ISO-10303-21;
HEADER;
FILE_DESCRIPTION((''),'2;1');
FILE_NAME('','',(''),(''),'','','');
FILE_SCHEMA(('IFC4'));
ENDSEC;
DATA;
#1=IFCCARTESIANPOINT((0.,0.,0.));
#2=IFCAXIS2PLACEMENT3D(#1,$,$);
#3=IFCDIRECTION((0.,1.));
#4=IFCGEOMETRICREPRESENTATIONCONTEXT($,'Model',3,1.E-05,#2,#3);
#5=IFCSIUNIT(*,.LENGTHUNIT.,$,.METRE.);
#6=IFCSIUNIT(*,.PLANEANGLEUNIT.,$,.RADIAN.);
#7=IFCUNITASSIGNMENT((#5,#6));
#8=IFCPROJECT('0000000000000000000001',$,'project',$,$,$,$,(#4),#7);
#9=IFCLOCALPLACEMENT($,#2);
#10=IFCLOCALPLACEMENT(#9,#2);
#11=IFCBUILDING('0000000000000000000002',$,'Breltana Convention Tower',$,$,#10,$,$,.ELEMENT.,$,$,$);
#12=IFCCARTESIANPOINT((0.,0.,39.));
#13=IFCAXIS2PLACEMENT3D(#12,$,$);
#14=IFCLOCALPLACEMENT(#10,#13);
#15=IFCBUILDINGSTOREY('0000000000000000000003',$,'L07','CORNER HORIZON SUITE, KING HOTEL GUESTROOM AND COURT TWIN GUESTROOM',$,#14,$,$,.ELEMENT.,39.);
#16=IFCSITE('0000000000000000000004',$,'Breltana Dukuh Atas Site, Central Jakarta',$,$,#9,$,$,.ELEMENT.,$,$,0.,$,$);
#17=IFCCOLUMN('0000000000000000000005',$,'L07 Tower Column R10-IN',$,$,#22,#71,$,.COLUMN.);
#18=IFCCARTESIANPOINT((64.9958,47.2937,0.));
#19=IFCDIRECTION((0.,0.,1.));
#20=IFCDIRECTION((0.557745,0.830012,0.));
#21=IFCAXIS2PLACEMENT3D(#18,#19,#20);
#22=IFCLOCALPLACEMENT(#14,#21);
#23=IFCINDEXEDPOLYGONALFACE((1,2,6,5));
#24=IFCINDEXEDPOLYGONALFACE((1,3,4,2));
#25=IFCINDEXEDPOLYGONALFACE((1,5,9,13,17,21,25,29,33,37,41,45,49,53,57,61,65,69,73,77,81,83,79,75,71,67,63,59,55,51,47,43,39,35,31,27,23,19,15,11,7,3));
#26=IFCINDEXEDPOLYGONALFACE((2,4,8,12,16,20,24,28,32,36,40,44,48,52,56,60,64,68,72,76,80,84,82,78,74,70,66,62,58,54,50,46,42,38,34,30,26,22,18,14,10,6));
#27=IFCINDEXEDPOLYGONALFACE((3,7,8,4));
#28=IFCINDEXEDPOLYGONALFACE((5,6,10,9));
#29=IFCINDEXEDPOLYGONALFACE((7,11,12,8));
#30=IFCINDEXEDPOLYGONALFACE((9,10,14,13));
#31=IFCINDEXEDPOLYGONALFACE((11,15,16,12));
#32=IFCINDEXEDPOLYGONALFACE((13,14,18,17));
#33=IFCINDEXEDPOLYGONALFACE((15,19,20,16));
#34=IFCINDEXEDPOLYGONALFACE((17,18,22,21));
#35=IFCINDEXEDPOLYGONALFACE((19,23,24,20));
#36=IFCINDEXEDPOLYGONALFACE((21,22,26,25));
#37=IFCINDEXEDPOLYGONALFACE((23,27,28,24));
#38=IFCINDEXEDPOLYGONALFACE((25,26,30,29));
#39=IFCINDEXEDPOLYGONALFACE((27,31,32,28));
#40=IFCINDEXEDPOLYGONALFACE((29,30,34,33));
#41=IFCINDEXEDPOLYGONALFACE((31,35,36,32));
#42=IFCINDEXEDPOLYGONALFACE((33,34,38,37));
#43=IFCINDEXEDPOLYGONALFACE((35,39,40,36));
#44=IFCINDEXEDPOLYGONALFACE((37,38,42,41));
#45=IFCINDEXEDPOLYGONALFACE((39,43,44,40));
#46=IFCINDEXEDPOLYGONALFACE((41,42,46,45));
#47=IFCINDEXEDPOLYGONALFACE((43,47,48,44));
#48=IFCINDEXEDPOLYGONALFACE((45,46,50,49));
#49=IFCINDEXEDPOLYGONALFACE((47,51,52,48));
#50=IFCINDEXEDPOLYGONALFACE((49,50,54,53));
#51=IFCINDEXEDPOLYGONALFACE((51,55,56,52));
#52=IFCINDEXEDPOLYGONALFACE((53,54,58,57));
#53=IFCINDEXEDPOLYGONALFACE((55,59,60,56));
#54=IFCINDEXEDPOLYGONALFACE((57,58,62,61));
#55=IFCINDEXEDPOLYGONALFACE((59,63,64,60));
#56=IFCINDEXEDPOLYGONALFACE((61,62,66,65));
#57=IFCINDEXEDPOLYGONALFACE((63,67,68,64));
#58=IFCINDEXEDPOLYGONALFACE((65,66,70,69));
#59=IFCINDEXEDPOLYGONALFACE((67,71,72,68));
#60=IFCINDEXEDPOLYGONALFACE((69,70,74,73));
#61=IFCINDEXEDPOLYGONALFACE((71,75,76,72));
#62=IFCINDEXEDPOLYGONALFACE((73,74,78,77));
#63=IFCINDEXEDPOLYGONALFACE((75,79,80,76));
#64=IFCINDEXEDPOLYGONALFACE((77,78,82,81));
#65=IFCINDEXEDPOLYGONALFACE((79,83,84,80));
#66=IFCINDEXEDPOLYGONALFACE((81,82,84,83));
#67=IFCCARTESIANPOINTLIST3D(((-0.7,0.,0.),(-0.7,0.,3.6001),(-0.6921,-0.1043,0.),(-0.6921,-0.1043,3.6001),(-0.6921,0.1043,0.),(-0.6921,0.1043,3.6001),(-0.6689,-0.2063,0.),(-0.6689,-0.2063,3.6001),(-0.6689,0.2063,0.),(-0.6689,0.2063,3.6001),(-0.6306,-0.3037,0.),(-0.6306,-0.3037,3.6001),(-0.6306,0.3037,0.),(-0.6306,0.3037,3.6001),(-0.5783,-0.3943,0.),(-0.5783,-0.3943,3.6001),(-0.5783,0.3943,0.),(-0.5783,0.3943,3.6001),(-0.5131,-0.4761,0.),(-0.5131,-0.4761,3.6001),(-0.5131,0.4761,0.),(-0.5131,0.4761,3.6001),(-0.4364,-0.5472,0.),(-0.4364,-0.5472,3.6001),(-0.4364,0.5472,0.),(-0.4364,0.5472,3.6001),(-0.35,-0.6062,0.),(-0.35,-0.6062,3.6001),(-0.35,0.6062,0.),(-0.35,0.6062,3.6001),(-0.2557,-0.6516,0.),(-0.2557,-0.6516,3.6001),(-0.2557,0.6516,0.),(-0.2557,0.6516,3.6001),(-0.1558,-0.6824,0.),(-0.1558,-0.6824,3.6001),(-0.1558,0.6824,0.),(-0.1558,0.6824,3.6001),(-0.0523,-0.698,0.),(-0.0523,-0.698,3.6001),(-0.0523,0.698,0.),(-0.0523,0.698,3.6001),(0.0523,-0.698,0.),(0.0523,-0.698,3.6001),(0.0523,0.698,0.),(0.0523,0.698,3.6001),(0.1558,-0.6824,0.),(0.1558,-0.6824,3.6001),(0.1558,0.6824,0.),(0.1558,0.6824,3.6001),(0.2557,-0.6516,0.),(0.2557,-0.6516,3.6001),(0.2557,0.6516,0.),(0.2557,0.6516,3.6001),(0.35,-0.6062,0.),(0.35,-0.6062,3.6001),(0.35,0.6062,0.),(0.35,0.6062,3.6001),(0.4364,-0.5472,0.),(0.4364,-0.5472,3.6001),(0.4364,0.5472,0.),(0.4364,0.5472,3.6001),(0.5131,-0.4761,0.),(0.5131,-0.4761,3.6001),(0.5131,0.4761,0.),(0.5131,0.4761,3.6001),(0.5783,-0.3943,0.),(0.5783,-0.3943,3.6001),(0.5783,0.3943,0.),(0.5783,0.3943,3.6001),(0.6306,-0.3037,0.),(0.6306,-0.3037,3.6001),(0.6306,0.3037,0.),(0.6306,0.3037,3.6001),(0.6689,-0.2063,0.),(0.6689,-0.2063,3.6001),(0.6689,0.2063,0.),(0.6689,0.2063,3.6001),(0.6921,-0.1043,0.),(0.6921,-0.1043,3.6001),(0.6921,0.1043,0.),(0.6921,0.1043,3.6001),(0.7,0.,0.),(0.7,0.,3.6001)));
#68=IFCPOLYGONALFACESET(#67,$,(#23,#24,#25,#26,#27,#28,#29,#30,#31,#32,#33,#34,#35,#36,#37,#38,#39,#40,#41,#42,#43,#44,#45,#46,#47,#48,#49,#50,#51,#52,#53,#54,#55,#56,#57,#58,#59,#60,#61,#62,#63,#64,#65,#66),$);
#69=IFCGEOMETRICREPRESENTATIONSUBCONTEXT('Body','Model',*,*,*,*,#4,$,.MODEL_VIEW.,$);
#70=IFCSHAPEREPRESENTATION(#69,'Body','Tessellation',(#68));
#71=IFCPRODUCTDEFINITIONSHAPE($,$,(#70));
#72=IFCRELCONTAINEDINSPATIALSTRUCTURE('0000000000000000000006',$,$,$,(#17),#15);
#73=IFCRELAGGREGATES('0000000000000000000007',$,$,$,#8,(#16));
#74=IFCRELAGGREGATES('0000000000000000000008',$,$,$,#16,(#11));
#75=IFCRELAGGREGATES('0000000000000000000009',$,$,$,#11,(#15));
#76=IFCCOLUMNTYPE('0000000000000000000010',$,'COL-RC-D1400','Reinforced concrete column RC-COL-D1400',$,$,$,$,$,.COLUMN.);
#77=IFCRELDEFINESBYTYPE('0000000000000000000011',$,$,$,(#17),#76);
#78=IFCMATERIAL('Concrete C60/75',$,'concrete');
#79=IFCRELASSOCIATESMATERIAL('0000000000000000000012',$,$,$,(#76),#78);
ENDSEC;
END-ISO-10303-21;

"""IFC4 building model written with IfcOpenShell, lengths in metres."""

from ifc_helpers import new_model, si_unit, direction, frame, origin, origin_2d, place, context, subcontext, project, spatial, circle, extrude, source, transform, mapped, material, material_profile, profile_set, type_object, element, save


model = new_model("IFC4")

# Units and contexts
model_context = context("Model", 3, precision=1e-05, world=origin(), true_north=direction((0.0, 1.0)))
body_context = subcontext(model_context, "Body", "Model", "MODEL_VIEW")
ifc_project = project(units=[si_unit("LENGTHUNIT", "METRE"), si_unit("PLANEANGLEUNIT", "RADIAN")], contexts=[model_context])

# Site, building, storey
site_placement = place(None, origin())
site = spatial("IfcSite", under=ifc_project, at=site_placement, Name="Breltana Dukuh Atas Site, Central Jakarta", CompositionType="ELEMENT", RefElevation=0.0)
building_placement = place(site_placement, origin())
building = spatial("IfcBuilding", under=site, at=building_placement, Name="Breltana Convention Tower", CompositionType="ELEMENT")
storey_placement = place(building_placement, frame((0.0, 0.0, 39.0)))
storey = spatial("IfcBuildingStorey", under=building, at=storey_placement, Name="L07", Description="CORNER HORIZON SUITE, KING HOTEL GUESTROOM AND COURT TWIN GUESTROOM", CompositionType="ELEMENT", Elevation=39.0)

# Column
ifc_material_1 = material(Name="Concrete C60/75", Category="concrete")
ifc_material_profile_1 = material_profile(ifc_material_1, circle(Radius=0.7, at=origin_2d()), Name="RC-COL-D1400")
ifc_profile_set_1 = profile_set([ifc_material_profile_1], Name="Concrete C60/75")
column_type = type_object("IfcColumnType", Name="COL-RC-D1400", Description="Reinforced concrete column RC-COL-D1400", PredefinedType="COLUMN", material=ifc_profile_set_1)
shared_shape_1 = source(origin(), body_context, "Body", "SweptSolid", [
    extrude(circle(Radius=0.7, at=origin_2d()), origin(), (0.0, 0.0, 1.0), 3.6001),
])
column_placement = place(storey_placement, frame((64.9958, 47.2937, 0.0), z_axis=(0.0, 0.0, 1.0), x_axis=(0.557745, 0.830012, 0.0)))
element("IfcColumn", 1, at=column_placement, inside=storey, type_object=column_type, Name="L07 Tower Column R10-IN", PredefinedType="COLUMN", context=body_context, shape_type="MappedRepresentation", body=[
    mapped(shared_shape_1, transform((0.0, 0.0, 0.0), scale=1.0)),
])

save(model, "model.ifc")
